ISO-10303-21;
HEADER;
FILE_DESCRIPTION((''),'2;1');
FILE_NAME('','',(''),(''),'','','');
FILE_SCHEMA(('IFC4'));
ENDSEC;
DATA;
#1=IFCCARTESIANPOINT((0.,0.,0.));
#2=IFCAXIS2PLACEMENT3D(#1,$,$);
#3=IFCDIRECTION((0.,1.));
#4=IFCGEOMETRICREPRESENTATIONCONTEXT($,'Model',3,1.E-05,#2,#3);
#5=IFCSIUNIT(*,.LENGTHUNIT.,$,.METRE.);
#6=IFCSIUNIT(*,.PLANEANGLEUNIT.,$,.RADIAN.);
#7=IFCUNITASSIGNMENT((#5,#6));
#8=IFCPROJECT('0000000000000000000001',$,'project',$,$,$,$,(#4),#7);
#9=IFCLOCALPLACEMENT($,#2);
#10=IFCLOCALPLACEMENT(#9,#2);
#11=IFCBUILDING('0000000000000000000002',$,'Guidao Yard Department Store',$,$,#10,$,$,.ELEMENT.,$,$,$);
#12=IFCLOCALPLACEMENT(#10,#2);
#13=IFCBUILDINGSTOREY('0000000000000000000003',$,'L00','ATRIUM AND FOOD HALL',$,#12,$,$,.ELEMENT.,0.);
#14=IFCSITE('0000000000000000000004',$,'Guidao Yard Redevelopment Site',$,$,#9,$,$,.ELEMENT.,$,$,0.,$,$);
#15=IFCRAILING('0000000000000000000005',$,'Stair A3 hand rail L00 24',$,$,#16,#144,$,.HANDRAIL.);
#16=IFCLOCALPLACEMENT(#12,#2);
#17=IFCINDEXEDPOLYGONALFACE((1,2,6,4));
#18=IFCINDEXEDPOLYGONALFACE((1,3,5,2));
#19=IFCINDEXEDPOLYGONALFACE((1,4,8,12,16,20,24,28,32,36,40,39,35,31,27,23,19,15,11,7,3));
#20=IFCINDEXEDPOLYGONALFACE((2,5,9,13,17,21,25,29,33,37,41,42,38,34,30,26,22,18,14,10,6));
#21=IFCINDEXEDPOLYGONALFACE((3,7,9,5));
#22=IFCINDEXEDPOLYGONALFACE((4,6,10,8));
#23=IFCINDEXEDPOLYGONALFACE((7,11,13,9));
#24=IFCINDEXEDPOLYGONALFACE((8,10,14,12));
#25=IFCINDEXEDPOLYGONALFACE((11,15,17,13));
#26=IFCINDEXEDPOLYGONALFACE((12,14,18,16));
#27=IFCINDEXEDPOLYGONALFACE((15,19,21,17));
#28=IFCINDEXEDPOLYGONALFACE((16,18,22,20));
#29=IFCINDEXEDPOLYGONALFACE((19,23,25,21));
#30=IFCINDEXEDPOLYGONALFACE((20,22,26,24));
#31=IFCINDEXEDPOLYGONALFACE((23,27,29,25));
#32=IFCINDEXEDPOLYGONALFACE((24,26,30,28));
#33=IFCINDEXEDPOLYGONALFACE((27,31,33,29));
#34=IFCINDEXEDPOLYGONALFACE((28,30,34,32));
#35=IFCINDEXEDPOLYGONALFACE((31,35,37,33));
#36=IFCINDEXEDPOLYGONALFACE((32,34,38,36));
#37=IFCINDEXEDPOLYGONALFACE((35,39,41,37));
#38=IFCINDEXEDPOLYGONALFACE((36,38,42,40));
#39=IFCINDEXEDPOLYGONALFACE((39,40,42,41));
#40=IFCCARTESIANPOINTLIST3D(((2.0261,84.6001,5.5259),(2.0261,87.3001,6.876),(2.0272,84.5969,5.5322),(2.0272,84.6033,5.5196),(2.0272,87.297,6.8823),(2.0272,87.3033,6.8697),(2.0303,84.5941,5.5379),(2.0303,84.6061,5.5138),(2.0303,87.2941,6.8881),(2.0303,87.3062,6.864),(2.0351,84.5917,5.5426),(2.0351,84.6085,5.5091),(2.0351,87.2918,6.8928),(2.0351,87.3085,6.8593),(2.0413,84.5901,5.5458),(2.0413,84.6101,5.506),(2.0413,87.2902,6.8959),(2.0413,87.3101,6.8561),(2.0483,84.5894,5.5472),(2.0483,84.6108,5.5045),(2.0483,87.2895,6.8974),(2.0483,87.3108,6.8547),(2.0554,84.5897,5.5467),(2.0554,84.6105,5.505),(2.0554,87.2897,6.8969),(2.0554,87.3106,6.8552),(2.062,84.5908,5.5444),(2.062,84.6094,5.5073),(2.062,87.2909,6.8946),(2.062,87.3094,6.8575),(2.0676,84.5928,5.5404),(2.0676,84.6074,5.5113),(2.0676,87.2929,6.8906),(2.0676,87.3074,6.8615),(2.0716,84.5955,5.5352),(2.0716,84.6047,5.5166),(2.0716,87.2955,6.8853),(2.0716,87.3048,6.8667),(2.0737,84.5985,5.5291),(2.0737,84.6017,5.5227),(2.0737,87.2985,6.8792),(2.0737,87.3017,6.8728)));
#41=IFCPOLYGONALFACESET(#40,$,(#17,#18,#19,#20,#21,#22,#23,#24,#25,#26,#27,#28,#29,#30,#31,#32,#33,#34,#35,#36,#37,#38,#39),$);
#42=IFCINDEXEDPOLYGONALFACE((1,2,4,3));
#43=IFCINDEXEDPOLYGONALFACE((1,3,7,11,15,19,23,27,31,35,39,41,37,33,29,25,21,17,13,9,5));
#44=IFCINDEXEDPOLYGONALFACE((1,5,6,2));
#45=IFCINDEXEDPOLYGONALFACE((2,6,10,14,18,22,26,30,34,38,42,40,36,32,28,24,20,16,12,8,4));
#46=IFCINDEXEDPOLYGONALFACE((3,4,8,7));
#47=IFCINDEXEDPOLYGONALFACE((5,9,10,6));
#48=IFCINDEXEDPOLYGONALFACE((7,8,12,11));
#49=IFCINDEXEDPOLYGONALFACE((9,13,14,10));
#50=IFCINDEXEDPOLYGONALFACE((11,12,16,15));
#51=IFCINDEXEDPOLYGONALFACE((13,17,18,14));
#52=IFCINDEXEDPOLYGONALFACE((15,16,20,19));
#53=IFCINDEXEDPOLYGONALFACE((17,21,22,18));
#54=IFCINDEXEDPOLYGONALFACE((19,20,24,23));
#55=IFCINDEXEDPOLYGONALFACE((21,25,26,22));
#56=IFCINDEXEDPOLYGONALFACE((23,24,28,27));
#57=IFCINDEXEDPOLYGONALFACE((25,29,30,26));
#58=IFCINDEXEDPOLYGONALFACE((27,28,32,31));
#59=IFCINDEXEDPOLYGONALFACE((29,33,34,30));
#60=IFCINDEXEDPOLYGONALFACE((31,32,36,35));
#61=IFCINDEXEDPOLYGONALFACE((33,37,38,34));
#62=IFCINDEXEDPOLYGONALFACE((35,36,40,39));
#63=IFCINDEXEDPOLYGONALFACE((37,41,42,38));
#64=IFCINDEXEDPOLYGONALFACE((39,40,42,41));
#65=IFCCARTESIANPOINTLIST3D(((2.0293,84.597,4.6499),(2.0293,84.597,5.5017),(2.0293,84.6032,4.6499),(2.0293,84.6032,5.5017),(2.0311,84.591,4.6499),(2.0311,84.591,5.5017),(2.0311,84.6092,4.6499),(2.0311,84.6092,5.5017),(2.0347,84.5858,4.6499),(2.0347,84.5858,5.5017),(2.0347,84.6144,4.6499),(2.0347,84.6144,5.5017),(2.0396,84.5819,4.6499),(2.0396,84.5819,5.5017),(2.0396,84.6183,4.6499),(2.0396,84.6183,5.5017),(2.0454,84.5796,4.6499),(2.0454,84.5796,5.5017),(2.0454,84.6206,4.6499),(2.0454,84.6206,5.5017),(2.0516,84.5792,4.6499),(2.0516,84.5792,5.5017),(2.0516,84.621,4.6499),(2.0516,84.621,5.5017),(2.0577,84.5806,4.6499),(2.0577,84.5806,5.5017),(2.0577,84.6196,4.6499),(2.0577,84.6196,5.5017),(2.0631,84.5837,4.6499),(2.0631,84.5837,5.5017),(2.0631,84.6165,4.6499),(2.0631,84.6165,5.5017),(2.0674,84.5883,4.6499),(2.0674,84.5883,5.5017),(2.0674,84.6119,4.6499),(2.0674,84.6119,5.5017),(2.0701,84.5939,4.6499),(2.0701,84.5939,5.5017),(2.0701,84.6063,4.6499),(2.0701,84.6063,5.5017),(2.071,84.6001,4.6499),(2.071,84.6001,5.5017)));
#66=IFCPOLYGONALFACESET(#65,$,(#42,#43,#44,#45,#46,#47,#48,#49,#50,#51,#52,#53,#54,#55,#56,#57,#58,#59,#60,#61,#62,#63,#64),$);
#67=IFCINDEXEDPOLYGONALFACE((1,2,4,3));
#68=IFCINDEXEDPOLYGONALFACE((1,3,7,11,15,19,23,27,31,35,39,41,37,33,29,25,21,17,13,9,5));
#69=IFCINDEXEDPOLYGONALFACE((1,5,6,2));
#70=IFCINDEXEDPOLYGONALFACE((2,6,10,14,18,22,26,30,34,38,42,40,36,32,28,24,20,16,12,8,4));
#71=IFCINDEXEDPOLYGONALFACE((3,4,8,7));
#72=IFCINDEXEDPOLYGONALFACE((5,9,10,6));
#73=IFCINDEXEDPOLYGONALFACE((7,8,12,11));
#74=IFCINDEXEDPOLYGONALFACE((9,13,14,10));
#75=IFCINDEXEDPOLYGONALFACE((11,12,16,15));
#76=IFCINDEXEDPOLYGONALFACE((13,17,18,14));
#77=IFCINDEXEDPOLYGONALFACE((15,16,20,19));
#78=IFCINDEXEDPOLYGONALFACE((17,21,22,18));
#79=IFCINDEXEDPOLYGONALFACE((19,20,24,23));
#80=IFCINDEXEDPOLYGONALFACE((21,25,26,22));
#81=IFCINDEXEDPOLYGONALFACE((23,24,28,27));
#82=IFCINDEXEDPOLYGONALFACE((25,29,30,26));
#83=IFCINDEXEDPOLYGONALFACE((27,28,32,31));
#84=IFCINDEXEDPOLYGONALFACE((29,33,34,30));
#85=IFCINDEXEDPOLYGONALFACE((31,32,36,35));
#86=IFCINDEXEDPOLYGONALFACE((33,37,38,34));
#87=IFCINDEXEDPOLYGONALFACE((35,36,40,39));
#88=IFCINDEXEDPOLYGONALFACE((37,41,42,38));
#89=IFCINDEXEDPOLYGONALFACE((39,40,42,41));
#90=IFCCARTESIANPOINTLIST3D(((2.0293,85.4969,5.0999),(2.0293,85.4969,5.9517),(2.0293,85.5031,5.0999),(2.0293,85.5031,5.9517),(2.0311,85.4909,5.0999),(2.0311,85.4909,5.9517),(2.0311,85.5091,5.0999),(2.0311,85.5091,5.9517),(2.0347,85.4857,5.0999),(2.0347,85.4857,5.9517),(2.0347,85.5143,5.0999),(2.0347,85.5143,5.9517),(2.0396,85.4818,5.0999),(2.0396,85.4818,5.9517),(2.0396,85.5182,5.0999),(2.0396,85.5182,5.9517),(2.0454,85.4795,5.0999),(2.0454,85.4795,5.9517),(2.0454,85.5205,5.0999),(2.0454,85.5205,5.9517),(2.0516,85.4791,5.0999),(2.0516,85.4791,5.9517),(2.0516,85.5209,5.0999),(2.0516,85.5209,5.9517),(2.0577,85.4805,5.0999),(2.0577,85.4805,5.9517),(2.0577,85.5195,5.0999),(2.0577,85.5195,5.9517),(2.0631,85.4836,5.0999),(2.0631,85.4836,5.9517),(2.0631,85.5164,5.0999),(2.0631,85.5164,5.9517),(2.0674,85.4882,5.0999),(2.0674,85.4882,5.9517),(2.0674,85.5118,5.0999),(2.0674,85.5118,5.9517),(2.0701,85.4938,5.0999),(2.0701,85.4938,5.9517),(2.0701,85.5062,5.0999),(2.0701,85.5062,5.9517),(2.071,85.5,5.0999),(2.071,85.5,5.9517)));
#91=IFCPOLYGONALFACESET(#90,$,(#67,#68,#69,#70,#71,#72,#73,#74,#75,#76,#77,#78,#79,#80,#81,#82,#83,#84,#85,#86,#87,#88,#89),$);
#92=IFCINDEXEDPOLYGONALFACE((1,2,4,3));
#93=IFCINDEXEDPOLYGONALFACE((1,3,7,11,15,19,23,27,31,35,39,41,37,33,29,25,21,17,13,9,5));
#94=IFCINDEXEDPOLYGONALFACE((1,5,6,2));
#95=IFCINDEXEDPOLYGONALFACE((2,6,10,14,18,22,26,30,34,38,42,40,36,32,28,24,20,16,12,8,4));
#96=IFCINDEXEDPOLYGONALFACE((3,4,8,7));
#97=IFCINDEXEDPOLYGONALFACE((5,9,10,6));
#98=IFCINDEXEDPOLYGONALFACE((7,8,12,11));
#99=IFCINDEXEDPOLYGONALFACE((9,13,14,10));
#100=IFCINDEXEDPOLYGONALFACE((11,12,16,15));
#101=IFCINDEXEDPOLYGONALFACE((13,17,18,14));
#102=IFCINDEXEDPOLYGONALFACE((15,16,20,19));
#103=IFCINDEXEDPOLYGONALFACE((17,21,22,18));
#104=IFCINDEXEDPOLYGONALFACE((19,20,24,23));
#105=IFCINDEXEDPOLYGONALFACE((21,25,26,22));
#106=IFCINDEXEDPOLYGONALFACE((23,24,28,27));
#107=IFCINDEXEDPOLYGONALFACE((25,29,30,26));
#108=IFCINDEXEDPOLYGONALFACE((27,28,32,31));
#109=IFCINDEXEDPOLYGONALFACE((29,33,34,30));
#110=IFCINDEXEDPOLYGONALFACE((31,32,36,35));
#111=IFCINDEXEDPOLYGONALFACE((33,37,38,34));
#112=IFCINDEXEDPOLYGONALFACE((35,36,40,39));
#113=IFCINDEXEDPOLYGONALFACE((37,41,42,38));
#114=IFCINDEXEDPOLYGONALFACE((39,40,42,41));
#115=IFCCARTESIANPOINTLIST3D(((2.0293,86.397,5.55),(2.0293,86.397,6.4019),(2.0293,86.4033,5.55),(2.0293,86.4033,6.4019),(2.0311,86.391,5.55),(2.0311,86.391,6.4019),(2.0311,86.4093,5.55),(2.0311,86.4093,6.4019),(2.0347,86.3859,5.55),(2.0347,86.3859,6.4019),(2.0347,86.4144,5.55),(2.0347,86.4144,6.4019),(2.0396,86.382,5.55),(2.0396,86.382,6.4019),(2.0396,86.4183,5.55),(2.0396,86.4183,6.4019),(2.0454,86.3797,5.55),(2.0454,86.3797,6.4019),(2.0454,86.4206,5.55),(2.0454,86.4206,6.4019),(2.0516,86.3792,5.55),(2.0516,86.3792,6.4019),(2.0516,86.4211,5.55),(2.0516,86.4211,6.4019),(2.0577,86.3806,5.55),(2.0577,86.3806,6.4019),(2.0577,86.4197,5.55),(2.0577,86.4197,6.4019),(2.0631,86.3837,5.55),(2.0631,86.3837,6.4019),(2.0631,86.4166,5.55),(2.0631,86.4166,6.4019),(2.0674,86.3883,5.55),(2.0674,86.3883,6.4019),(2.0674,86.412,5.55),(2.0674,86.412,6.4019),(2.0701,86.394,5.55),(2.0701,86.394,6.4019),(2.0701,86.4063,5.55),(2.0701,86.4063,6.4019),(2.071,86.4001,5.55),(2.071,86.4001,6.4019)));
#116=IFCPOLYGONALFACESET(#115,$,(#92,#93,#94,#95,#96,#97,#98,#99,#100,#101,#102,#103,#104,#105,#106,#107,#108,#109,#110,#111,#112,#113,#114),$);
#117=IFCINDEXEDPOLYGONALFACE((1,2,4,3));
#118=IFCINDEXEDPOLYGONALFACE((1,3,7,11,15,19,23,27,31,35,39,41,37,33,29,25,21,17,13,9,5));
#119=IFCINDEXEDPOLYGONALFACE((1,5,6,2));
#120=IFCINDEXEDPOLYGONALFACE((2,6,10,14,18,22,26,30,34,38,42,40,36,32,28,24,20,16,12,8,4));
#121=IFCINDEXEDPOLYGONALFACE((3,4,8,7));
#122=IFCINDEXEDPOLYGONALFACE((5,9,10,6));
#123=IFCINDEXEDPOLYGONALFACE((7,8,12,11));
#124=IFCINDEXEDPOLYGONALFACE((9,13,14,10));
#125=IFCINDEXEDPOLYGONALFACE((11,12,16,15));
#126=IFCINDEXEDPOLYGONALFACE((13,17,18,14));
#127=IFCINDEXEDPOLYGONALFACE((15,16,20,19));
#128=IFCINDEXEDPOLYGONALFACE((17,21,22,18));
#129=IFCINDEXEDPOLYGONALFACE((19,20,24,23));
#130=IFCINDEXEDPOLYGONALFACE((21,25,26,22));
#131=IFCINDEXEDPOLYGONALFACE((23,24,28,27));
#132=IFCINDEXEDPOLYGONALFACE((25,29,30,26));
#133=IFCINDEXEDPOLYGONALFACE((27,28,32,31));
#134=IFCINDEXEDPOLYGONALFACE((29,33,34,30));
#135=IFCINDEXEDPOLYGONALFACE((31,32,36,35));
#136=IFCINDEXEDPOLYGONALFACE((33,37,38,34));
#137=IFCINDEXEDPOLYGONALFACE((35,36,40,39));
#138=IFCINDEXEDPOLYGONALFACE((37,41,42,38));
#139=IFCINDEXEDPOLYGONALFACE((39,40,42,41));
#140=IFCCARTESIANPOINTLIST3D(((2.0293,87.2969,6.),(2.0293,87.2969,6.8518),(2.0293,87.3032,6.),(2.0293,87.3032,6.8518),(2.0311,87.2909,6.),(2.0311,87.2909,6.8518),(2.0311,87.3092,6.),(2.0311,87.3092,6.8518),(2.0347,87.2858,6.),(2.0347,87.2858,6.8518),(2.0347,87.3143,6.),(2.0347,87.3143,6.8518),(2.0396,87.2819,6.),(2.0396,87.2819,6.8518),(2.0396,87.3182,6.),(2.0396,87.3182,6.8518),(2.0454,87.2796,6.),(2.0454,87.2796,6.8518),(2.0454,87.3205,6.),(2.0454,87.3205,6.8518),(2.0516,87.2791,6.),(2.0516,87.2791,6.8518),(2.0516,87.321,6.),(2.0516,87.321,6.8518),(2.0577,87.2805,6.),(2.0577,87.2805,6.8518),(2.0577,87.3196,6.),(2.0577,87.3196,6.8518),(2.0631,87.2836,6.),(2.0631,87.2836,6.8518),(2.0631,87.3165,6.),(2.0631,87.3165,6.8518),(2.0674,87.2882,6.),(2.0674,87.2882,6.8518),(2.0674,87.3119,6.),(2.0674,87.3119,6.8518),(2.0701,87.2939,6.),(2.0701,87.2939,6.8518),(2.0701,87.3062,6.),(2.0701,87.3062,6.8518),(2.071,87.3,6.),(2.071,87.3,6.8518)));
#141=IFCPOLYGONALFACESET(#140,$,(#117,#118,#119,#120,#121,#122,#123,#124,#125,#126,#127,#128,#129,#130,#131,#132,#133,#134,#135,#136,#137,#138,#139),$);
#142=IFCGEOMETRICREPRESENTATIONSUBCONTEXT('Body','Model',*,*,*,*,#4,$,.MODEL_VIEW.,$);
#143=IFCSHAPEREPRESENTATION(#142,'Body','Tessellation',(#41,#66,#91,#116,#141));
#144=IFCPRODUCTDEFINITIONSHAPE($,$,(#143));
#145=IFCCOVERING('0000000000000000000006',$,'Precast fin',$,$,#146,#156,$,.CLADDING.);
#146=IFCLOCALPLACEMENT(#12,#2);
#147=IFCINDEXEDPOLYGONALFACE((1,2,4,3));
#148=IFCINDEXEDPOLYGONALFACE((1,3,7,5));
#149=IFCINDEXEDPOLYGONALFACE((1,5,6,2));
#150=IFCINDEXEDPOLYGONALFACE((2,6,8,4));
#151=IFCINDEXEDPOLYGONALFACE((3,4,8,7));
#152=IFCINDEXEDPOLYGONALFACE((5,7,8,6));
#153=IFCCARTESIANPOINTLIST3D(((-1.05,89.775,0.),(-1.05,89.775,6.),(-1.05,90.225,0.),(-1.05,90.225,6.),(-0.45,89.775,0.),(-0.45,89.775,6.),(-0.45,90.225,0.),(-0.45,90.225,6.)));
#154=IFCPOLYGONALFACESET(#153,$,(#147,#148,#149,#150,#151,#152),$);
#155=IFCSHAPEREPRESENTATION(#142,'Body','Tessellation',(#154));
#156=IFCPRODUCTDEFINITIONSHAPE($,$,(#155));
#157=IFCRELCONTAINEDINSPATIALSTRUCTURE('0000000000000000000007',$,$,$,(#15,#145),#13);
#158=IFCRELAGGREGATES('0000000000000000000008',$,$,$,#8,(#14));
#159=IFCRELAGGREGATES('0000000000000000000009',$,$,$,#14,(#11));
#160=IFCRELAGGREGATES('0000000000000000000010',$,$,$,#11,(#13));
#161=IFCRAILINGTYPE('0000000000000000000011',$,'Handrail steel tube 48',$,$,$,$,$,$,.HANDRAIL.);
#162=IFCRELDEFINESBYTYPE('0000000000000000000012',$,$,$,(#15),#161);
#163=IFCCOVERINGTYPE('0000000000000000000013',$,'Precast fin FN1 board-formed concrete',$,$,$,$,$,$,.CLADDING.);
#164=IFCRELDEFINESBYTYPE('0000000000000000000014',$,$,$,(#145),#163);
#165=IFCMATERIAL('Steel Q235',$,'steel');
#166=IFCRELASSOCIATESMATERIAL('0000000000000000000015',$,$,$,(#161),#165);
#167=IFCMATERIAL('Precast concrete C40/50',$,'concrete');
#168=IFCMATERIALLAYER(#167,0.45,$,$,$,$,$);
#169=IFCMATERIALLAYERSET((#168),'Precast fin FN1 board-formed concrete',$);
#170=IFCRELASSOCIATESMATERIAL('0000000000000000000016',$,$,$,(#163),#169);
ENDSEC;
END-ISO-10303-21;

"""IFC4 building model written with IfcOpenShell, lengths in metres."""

from ifc_helpers import new_model, si_unit, direction, frame, origin, origin_2d, place, context, subcontext, project, spatial, rectangle, circle, extrude, material, layer, layer_set, type_object, element, save


model = new_model("IFC4")

# Units and contexts
model_context = context("Model", 3, precision=1e-05, world=origin(), true_north=direction((0.0, 1.0)))
body_context = subcontext(model_context, "Body", "Model", "MODEL_VIEW")
ifc_project = project(units=[si_unit("LENGTHUNIT", "METRE"), si_unit("PLANEANGLEUNIT", "RADIAN")], contexts=[model_context])

# Site, building, storey
site_placement = place(None, origin())
site = spatial("IfcSite", under=ifc_project, at=site_placement, Name="Guidao Yard Redevelopment Site", CompositionType="ELEMENT", RefElevation=0.0)
building_placement = place(site_placement, origin())
building = spatial("IfcBuilding", under=site, at=building_placement, Name="Guidao Yard Department Store", CompositionType="ELEMENT")
storey_placement = place(building_placement, origin())
storey = spatial("IfcBuildingStorey", under=building, at=storey_placement, Name="L00", Description="ATRIUM AND FOOD HALL", CompositionType="ELEMENT", Elevation=0.0)

# Railing
ifc_material_1 = material(Name="Steel Q235", Category="steel")
railing_type = type_object("IfcRailingType", Name="Handrail steel tube 48", PredefinedType="HANDRAIL", material=ifc_material_1)
for number, where, name in (
    (1, (2.05, 84.6001, 4.6499), "Stair A3 hand rail L00 24"),
):
    element("IfcRailing", number, at=place(storey_placement, frame(where)), inside=storey, type_object=railing_type, Name=name, PredefinedType="HANDRAIL", context=body_context, shape_type="SweptSolid", body=[
        extrude(circle(Radius=0.0239, at=origin_2d()), frame((0.0, 0.0, 0.876), z_axis=(0.0, 0.894411, 0.447246), x_axis=(-1.0, 0.0, 0.0)), (0.0, 0.0, 1.0), 3.0188),
        extrude(circle(Radius=0.021, at=origin_2d()), origin(), (0.0, 0.0, 1.0), 0.8518),
        extrude(circle(Radius=0.021, at=origin_2d()), frame((0.0, 0.8999, 0.45)), (0.0, 0.0, 1.0), 0.8518),
        extrude(circle(Radius=0.021, at=origin_2d()), frame((0.0, 1.8, 0.9001)), (0.0, 0.0, 1.0), 0.8518),
        extrude(circle(Radius=0.021, at=origin_2d()), frame((0.0, 2.7, 1.3501)), (0.0, 0.0, 1.0), 0.8518),
    ])

# Covering
ifc_material_2 = material(Name="Precast concrete C40/50", Category="concrete")
ifc_layer_1 = layer(ifc_material_2, 0.45)
ifc_layer_set_1 = layer_set([ifc_layer_1], Name="Precast fin FN1 board-formed concrete")
covering_type = type_object("IfcCoveringType", Name="Precast fin FN1 board-formed concrete", PredefinedType="CLADDING", material=ifc_layer_set_1)
covering_placement = place(storey_placement, frame((-0.75, 90.0, 0.0), z_axis=(0.0, 0.0, 1.0), x_axis=(0.0, 1.0, 0.0)))
element("IfcCovering", 2, at=covering_placement, inside=storey, type_object=covering_type, Name="Precast fin", PredefinedType="CLADDING", context=body_context, shape_type="SweptSolid", body=[
    extrude(rectangle(XDim=0.45, YDim=0.6001, at=origin_2d()), origin(), (0.0, 0.0, 1.0), 6.0),
])

save(model, "model.ifc")
